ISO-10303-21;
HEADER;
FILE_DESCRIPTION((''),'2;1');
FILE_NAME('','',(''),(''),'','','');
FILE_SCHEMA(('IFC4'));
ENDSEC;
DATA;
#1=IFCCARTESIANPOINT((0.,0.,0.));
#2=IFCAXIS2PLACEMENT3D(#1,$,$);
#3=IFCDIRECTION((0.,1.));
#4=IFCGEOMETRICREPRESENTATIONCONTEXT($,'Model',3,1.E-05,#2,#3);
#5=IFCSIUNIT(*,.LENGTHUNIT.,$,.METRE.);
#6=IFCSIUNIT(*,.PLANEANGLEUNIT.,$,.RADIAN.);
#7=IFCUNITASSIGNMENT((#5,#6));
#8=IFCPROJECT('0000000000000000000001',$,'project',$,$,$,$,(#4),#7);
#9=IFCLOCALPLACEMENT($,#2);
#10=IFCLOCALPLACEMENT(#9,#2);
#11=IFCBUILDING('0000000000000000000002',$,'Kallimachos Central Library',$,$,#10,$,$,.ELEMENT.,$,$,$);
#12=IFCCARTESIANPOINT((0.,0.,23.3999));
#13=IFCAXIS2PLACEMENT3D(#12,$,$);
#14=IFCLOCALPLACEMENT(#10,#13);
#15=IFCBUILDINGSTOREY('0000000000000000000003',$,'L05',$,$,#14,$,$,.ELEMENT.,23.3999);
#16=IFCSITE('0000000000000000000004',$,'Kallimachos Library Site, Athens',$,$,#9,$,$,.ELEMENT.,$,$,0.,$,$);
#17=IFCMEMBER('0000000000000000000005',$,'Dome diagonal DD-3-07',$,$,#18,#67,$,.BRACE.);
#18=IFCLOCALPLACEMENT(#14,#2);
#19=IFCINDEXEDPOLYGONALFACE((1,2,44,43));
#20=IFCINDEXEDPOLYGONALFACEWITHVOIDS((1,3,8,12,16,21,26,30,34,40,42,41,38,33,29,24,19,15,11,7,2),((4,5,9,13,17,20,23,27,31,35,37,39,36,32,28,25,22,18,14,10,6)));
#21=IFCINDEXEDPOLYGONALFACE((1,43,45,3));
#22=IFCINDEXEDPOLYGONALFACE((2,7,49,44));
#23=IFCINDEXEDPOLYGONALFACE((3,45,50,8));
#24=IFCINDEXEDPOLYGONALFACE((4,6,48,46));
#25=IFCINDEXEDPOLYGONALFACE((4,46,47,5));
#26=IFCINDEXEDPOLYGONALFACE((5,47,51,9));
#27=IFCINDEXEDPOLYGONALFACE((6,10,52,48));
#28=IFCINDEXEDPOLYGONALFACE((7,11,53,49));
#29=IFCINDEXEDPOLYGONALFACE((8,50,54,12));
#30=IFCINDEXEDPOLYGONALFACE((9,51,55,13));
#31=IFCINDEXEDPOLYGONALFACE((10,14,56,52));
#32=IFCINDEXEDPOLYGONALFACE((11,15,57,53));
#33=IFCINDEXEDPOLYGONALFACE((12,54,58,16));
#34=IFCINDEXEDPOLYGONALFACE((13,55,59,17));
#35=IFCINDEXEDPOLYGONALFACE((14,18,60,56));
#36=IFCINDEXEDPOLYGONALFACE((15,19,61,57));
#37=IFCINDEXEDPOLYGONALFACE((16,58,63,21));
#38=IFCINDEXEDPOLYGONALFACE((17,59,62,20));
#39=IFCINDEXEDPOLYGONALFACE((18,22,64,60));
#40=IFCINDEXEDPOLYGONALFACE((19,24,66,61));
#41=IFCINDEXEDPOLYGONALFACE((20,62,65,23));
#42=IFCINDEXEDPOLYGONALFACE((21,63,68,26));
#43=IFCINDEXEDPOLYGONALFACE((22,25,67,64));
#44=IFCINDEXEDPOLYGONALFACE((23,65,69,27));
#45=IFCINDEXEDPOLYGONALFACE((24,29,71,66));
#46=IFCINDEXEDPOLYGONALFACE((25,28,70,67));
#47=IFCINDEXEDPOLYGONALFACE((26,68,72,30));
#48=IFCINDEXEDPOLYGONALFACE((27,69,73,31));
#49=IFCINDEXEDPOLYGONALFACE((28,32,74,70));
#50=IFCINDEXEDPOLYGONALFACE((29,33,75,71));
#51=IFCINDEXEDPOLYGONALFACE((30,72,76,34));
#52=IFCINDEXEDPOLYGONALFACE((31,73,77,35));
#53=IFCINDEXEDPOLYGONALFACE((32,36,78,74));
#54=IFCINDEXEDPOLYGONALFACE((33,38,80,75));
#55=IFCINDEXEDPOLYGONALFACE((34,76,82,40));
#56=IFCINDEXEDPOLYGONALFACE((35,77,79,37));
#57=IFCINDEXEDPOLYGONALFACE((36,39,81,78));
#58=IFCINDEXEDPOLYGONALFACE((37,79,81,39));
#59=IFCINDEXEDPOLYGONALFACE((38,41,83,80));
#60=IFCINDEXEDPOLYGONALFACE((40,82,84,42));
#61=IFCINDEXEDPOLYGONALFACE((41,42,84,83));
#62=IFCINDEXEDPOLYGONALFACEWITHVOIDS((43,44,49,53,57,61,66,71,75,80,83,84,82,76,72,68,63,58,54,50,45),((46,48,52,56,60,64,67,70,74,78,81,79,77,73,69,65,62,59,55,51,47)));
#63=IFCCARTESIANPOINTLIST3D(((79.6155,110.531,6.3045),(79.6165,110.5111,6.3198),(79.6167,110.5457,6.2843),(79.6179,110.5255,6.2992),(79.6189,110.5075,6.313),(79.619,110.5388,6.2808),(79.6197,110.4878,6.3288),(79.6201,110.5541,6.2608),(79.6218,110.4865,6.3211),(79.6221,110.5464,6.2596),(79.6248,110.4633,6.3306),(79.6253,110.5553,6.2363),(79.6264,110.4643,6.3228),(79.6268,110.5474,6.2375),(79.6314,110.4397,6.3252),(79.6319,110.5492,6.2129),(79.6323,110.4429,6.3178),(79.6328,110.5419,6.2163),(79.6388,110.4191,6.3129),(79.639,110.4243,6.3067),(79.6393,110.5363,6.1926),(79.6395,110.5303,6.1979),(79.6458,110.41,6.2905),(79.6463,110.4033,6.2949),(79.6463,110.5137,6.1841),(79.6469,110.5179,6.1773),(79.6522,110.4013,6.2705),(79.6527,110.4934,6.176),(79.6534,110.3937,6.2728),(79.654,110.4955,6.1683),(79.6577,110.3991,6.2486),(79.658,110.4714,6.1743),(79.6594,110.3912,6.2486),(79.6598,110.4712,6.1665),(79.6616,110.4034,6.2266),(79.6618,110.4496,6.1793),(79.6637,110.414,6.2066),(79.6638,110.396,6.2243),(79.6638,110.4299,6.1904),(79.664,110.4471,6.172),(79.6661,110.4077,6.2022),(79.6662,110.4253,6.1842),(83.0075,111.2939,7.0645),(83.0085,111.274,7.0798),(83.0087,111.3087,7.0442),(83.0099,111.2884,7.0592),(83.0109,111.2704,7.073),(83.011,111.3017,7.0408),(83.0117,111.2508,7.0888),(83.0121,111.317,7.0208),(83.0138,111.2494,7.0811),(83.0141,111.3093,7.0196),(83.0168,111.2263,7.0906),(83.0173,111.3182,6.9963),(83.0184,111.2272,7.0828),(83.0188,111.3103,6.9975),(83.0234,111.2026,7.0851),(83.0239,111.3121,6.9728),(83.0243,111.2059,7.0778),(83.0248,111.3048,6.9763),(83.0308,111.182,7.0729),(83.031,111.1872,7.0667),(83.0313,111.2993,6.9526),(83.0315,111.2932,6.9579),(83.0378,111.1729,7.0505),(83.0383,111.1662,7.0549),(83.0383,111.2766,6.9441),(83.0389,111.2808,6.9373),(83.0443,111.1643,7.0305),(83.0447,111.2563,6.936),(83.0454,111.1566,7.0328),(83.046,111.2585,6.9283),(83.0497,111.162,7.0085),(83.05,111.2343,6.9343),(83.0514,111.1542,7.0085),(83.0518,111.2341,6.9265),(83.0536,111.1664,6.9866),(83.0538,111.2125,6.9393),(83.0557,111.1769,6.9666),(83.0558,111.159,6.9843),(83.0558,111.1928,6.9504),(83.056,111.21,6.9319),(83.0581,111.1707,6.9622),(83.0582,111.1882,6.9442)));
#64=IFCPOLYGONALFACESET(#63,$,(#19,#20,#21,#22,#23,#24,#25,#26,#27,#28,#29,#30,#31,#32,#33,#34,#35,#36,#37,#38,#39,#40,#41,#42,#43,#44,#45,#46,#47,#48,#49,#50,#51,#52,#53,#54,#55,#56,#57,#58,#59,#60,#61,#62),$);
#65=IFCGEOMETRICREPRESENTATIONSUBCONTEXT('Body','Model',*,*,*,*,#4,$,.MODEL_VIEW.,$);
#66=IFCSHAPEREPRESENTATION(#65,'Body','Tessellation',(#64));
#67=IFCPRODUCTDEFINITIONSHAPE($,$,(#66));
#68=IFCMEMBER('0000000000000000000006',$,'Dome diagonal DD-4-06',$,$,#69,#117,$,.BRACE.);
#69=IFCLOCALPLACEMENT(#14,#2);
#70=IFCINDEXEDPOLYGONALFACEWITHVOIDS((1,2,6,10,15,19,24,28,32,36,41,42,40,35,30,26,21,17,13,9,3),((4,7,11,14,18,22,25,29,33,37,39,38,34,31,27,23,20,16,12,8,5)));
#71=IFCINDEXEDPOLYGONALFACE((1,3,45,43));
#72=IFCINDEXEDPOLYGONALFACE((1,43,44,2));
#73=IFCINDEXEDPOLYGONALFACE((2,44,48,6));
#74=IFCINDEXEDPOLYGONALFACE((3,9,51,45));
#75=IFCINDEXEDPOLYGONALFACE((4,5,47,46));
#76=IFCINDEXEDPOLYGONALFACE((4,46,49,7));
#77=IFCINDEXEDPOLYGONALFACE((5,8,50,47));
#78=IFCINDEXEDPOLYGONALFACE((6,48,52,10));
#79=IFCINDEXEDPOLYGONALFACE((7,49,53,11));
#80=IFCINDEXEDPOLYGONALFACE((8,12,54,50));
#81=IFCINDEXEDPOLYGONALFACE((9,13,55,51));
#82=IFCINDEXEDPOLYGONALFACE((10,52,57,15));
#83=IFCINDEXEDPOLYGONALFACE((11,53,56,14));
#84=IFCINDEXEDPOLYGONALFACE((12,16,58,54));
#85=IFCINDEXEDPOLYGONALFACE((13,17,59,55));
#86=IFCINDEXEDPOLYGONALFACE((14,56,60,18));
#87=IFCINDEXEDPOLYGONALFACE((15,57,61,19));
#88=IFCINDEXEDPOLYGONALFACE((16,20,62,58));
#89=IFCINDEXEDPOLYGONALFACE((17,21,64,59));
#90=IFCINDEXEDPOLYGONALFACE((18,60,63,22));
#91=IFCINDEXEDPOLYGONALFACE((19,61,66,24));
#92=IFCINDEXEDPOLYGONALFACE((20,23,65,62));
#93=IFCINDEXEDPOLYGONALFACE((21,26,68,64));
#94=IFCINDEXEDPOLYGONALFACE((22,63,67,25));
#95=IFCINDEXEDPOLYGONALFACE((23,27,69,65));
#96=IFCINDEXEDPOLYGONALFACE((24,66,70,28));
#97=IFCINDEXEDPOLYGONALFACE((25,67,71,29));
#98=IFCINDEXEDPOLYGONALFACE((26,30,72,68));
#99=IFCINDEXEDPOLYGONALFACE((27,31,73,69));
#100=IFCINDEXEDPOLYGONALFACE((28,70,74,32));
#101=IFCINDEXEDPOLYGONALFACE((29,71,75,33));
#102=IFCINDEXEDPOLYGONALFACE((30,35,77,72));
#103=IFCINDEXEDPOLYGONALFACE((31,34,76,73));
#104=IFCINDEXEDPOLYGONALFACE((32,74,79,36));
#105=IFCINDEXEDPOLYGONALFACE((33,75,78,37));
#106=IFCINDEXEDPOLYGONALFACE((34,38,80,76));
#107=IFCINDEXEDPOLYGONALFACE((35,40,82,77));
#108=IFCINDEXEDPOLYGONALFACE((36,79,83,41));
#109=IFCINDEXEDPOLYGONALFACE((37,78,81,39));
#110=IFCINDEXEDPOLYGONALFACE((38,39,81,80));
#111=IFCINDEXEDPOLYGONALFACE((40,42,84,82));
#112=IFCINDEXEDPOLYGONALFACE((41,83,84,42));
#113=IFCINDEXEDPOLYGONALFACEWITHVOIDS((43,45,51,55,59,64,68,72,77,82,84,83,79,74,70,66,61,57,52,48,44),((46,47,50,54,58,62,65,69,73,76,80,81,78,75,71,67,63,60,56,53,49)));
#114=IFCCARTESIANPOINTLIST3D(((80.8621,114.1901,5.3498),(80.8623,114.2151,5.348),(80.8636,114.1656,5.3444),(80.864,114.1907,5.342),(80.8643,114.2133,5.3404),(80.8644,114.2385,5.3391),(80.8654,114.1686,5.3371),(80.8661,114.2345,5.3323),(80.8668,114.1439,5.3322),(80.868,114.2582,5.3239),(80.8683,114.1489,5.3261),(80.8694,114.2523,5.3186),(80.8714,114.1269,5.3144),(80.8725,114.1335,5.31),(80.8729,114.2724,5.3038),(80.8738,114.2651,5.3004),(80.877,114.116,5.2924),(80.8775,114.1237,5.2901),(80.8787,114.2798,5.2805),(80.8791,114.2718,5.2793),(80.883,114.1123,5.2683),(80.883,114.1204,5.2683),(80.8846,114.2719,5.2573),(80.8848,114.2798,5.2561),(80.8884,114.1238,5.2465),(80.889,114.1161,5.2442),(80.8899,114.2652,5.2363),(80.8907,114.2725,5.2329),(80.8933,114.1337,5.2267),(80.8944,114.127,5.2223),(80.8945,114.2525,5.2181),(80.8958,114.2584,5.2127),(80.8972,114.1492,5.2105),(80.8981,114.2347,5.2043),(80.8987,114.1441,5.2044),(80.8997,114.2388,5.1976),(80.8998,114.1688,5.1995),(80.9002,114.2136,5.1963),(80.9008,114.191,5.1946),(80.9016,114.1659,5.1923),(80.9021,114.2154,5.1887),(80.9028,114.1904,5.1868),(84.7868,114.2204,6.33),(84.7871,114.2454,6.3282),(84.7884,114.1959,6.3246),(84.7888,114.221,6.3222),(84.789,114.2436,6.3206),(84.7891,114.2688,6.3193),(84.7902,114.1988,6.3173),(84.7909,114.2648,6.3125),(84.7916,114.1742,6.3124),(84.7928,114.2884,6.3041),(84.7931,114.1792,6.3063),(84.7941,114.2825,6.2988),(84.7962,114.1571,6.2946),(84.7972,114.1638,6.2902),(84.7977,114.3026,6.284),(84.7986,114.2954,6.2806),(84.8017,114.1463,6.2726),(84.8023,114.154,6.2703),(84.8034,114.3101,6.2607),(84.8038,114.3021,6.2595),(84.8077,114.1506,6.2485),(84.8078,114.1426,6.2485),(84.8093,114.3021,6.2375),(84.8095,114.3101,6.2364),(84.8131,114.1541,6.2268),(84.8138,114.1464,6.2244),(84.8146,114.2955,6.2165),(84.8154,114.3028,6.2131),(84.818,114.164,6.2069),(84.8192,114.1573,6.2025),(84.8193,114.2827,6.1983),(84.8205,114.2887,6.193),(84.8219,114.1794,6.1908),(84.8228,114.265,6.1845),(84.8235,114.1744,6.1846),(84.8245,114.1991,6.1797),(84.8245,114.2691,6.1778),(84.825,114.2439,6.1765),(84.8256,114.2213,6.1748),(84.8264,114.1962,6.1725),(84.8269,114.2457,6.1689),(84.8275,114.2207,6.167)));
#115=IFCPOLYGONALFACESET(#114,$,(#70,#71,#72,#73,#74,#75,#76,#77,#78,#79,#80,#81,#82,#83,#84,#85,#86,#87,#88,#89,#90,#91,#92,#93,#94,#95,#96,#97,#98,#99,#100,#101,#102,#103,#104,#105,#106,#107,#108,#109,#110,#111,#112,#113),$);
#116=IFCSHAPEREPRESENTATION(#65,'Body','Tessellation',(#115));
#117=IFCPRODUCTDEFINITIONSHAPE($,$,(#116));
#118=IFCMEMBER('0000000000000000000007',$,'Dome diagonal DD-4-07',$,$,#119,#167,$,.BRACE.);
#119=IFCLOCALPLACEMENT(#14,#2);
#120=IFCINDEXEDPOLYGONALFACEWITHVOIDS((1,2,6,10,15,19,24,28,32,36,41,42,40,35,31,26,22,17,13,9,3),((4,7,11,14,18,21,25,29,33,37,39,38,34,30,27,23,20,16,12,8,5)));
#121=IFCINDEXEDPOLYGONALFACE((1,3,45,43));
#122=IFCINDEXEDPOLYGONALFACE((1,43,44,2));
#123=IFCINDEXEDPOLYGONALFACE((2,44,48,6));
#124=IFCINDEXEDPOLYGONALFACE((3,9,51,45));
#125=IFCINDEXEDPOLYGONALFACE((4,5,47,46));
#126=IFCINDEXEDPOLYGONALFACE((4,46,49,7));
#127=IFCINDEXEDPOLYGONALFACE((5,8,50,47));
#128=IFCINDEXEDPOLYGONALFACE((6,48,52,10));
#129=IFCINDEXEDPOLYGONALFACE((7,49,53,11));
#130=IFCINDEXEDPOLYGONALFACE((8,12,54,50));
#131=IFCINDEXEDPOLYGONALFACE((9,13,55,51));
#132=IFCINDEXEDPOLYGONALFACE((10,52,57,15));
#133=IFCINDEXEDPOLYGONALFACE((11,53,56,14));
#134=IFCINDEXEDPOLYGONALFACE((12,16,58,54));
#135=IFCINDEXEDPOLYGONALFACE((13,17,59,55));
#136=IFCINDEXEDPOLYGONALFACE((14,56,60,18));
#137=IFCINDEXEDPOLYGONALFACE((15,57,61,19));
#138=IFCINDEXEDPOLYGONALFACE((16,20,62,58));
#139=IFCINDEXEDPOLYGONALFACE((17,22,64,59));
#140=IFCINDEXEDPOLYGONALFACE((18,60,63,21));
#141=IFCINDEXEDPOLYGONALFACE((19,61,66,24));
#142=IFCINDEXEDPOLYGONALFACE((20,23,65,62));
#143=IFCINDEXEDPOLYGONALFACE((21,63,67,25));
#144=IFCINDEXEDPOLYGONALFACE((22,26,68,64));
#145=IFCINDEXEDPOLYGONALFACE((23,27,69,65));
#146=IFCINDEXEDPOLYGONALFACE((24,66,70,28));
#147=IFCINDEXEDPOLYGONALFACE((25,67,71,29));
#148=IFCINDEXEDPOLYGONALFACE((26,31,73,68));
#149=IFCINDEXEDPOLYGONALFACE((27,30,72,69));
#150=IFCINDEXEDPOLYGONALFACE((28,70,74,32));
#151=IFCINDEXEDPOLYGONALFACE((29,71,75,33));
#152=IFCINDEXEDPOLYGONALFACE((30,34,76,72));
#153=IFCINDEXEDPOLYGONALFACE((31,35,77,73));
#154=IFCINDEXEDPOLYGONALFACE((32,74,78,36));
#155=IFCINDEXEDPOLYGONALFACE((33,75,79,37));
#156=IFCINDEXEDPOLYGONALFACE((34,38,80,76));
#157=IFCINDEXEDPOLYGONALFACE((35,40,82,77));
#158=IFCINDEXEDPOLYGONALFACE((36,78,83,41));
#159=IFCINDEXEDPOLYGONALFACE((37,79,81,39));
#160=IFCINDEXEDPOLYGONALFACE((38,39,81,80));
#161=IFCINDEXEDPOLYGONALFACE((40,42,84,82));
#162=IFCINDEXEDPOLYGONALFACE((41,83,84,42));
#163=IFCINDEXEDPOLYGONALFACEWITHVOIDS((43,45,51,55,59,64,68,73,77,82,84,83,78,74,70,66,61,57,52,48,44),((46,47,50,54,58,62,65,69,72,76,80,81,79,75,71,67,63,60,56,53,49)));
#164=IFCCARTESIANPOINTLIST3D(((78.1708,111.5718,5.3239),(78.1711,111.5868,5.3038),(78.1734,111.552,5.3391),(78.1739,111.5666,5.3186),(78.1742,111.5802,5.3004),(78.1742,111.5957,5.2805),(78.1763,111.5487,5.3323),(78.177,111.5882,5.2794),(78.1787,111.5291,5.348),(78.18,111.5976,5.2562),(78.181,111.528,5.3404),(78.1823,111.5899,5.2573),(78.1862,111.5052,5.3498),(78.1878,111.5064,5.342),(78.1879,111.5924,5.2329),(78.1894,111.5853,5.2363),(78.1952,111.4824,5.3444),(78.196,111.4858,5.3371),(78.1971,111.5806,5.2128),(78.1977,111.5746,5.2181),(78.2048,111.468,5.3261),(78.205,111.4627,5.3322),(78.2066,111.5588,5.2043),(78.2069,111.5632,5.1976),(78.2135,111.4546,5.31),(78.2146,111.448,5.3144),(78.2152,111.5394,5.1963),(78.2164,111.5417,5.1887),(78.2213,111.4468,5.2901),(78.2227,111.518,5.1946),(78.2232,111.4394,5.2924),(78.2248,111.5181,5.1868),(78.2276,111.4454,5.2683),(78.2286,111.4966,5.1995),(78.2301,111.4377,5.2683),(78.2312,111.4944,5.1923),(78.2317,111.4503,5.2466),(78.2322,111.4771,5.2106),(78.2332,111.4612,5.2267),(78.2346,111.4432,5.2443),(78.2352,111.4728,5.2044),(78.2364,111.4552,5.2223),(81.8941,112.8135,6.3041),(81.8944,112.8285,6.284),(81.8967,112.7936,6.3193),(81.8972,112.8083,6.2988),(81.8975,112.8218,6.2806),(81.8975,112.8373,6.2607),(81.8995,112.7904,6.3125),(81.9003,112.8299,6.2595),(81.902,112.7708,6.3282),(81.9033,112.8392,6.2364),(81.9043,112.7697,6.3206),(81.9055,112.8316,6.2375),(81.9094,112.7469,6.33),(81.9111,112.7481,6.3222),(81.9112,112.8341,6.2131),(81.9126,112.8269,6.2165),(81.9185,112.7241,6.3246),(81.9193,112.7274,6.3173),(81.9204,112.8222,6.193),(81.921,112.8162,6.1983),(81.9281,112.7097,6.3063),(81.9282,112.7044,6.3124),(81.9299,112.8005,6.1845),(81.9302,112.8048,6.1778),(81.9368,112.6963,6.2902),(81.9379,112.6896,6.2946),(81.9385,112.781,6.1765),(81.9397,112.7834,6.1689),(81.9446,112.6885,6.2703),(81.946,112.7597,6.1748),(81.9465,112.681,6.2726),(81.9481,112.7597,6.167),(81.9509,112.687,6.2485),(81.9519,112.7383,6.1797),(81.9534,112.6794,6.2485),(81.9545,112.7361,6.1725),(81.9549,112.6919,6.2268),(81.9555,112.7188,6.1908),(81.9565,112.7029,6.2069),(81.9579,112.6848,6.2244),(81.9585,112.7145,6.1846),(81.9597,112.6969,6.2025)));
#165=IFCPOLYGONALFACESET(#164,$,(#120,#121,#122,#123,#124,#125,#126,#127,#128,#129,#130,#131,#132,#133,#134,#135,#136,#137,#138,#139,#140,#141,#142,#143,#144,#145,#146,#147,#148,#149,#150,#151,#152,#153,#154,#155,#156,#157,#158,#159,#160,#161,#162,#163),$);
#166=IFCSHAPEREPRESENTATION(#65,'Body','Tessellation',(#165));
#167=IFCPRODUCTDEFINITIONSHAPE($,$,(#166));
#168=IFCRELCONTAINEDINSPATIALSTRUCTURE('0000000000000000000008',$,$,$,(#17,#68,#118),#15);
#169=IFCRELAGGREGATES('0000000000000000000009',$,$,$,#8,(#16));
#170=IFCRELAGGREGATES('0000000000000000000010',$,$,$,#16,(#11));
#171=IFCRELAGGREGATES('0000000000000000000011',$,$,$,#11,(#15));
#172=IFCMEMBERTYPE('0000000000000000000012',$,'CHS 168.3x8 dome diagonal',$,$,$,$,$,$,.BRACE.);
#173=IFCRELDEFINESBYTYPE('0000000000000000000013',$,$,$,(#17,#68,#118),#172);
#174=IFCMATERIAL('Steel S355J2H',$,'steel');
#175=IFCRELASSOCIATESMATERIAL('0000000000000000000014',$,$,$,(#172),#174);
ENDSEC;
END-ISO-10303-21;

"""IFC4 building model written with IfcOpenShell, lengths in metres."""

from ifc_helpers import new_model, si_unit, direction, frame, origin, origin_2d, place, context, subcontext, project, spatial, hollow_circle, extrude, material, material_profile, profile_set, type_object, element, save


model = new_model("IFC4")

# Units and contexts
model_context = context("Model", 3, precision=1e-05, world=origin(), true_north=direction((0.0, 1.0)))
body_context = subcontext(model_context, "Body", "Model", "MODEL_VIEW")
ifc_project = project(units=[si_unit("LENGTHUNIT", "METRE"), si_unit("PLANEANGLEUNIT", "RADIAN")], contexts=[model_context])

# Site, building, storey
site_placement = place(None, origin())
site = spatial("IfcSite", under=ifc_project, at=site_placement, Name="Kallimachos Library Site, Athens", CompositionType="ELEMENT", RefElevation=0.0)
building_placement = place(site_placement, origin())
building = spatial("IfcBuilding", under=site, at=building_placement, Name="Kallimachos Central Library", CompositionType="ELEMENT")
storey_placement = place(building_placement, frame((0.0, 0.0, 23.3999)))
storey = spatial("IfcBuildingStorey", under=building, at=storey_placement, Name="L05", CompositionType="ELEMENT", Elevation=23.3999)

# Members
ifc_material_1 = material(Name="Steel S355J2H", Category="steel")
ifc_material_profile_1 = material_profile(ifc_material_1, hollow_circle(Radius=0.0842, WallThickness=0.0081, at=origin_2d()), Name="CHS 168.3x8")
ifc_profile_set_1 = profile_set([ifc_material_profile_1], Name="Steel S355J2H")
member_type_1 = type_object("IfcMemberType", Name="CHS 168.3x8 dome diagonal", PredefinedType="BRACE", material=ifc_profile_set_1)
member_1_placement = place(storey_placement, frame((83.033, 111.2363, 7.0085), z_axis=(-0.953121, -0.214373, -0.21355), x_axis=(0.219435, -0.975627, 0.0)))
element("IfcMember", 1, at=member_1_placement, inside=storey, type_object=member_type_1, Name="Dome diagonal DD-3-07", PredefinedType="BRACE", context=body_context, shape_type="SweptSolid", body=[
    extrude(hollow_circle(Radius=0.0842, WallThickness=0.0081, at=origin_2d()), origin(), (0.0, 0.0, 1.0), 3.5588),
])
for number, where, z_axis, x_axis, name in (
    (2, (84.8071, 114.2268, 6.2485), (-0.970172, -0.007483, -0.242302), (0.007713, -0.99997, 0.0), "Dome diagonal DD-4-06"),
    (3, (81.9268, 112.7593, 6.2485), (-0.920372, -0.306931, -0.242298), (0.316358, -0.94864, 0.0), "Dome diagonal DD-4-07"),
):
    element("IfcMember", number, at=place(storey_placement, frame(where, z_axis=z_axis, x_axis=x_axis)), inside=storey, type_object=member_type_1, Name=name, PredefinedType="BRACE", context=body_context, shape_type="SweptSolid", body=[
        extrude(hollow_circle(Radius=0.0842, WallThickness=0.0081, at=origin_2d()), origin(), (0.0, 0.0, 1.0), 4.0454),
    ])

save(model, "model.ifc")
